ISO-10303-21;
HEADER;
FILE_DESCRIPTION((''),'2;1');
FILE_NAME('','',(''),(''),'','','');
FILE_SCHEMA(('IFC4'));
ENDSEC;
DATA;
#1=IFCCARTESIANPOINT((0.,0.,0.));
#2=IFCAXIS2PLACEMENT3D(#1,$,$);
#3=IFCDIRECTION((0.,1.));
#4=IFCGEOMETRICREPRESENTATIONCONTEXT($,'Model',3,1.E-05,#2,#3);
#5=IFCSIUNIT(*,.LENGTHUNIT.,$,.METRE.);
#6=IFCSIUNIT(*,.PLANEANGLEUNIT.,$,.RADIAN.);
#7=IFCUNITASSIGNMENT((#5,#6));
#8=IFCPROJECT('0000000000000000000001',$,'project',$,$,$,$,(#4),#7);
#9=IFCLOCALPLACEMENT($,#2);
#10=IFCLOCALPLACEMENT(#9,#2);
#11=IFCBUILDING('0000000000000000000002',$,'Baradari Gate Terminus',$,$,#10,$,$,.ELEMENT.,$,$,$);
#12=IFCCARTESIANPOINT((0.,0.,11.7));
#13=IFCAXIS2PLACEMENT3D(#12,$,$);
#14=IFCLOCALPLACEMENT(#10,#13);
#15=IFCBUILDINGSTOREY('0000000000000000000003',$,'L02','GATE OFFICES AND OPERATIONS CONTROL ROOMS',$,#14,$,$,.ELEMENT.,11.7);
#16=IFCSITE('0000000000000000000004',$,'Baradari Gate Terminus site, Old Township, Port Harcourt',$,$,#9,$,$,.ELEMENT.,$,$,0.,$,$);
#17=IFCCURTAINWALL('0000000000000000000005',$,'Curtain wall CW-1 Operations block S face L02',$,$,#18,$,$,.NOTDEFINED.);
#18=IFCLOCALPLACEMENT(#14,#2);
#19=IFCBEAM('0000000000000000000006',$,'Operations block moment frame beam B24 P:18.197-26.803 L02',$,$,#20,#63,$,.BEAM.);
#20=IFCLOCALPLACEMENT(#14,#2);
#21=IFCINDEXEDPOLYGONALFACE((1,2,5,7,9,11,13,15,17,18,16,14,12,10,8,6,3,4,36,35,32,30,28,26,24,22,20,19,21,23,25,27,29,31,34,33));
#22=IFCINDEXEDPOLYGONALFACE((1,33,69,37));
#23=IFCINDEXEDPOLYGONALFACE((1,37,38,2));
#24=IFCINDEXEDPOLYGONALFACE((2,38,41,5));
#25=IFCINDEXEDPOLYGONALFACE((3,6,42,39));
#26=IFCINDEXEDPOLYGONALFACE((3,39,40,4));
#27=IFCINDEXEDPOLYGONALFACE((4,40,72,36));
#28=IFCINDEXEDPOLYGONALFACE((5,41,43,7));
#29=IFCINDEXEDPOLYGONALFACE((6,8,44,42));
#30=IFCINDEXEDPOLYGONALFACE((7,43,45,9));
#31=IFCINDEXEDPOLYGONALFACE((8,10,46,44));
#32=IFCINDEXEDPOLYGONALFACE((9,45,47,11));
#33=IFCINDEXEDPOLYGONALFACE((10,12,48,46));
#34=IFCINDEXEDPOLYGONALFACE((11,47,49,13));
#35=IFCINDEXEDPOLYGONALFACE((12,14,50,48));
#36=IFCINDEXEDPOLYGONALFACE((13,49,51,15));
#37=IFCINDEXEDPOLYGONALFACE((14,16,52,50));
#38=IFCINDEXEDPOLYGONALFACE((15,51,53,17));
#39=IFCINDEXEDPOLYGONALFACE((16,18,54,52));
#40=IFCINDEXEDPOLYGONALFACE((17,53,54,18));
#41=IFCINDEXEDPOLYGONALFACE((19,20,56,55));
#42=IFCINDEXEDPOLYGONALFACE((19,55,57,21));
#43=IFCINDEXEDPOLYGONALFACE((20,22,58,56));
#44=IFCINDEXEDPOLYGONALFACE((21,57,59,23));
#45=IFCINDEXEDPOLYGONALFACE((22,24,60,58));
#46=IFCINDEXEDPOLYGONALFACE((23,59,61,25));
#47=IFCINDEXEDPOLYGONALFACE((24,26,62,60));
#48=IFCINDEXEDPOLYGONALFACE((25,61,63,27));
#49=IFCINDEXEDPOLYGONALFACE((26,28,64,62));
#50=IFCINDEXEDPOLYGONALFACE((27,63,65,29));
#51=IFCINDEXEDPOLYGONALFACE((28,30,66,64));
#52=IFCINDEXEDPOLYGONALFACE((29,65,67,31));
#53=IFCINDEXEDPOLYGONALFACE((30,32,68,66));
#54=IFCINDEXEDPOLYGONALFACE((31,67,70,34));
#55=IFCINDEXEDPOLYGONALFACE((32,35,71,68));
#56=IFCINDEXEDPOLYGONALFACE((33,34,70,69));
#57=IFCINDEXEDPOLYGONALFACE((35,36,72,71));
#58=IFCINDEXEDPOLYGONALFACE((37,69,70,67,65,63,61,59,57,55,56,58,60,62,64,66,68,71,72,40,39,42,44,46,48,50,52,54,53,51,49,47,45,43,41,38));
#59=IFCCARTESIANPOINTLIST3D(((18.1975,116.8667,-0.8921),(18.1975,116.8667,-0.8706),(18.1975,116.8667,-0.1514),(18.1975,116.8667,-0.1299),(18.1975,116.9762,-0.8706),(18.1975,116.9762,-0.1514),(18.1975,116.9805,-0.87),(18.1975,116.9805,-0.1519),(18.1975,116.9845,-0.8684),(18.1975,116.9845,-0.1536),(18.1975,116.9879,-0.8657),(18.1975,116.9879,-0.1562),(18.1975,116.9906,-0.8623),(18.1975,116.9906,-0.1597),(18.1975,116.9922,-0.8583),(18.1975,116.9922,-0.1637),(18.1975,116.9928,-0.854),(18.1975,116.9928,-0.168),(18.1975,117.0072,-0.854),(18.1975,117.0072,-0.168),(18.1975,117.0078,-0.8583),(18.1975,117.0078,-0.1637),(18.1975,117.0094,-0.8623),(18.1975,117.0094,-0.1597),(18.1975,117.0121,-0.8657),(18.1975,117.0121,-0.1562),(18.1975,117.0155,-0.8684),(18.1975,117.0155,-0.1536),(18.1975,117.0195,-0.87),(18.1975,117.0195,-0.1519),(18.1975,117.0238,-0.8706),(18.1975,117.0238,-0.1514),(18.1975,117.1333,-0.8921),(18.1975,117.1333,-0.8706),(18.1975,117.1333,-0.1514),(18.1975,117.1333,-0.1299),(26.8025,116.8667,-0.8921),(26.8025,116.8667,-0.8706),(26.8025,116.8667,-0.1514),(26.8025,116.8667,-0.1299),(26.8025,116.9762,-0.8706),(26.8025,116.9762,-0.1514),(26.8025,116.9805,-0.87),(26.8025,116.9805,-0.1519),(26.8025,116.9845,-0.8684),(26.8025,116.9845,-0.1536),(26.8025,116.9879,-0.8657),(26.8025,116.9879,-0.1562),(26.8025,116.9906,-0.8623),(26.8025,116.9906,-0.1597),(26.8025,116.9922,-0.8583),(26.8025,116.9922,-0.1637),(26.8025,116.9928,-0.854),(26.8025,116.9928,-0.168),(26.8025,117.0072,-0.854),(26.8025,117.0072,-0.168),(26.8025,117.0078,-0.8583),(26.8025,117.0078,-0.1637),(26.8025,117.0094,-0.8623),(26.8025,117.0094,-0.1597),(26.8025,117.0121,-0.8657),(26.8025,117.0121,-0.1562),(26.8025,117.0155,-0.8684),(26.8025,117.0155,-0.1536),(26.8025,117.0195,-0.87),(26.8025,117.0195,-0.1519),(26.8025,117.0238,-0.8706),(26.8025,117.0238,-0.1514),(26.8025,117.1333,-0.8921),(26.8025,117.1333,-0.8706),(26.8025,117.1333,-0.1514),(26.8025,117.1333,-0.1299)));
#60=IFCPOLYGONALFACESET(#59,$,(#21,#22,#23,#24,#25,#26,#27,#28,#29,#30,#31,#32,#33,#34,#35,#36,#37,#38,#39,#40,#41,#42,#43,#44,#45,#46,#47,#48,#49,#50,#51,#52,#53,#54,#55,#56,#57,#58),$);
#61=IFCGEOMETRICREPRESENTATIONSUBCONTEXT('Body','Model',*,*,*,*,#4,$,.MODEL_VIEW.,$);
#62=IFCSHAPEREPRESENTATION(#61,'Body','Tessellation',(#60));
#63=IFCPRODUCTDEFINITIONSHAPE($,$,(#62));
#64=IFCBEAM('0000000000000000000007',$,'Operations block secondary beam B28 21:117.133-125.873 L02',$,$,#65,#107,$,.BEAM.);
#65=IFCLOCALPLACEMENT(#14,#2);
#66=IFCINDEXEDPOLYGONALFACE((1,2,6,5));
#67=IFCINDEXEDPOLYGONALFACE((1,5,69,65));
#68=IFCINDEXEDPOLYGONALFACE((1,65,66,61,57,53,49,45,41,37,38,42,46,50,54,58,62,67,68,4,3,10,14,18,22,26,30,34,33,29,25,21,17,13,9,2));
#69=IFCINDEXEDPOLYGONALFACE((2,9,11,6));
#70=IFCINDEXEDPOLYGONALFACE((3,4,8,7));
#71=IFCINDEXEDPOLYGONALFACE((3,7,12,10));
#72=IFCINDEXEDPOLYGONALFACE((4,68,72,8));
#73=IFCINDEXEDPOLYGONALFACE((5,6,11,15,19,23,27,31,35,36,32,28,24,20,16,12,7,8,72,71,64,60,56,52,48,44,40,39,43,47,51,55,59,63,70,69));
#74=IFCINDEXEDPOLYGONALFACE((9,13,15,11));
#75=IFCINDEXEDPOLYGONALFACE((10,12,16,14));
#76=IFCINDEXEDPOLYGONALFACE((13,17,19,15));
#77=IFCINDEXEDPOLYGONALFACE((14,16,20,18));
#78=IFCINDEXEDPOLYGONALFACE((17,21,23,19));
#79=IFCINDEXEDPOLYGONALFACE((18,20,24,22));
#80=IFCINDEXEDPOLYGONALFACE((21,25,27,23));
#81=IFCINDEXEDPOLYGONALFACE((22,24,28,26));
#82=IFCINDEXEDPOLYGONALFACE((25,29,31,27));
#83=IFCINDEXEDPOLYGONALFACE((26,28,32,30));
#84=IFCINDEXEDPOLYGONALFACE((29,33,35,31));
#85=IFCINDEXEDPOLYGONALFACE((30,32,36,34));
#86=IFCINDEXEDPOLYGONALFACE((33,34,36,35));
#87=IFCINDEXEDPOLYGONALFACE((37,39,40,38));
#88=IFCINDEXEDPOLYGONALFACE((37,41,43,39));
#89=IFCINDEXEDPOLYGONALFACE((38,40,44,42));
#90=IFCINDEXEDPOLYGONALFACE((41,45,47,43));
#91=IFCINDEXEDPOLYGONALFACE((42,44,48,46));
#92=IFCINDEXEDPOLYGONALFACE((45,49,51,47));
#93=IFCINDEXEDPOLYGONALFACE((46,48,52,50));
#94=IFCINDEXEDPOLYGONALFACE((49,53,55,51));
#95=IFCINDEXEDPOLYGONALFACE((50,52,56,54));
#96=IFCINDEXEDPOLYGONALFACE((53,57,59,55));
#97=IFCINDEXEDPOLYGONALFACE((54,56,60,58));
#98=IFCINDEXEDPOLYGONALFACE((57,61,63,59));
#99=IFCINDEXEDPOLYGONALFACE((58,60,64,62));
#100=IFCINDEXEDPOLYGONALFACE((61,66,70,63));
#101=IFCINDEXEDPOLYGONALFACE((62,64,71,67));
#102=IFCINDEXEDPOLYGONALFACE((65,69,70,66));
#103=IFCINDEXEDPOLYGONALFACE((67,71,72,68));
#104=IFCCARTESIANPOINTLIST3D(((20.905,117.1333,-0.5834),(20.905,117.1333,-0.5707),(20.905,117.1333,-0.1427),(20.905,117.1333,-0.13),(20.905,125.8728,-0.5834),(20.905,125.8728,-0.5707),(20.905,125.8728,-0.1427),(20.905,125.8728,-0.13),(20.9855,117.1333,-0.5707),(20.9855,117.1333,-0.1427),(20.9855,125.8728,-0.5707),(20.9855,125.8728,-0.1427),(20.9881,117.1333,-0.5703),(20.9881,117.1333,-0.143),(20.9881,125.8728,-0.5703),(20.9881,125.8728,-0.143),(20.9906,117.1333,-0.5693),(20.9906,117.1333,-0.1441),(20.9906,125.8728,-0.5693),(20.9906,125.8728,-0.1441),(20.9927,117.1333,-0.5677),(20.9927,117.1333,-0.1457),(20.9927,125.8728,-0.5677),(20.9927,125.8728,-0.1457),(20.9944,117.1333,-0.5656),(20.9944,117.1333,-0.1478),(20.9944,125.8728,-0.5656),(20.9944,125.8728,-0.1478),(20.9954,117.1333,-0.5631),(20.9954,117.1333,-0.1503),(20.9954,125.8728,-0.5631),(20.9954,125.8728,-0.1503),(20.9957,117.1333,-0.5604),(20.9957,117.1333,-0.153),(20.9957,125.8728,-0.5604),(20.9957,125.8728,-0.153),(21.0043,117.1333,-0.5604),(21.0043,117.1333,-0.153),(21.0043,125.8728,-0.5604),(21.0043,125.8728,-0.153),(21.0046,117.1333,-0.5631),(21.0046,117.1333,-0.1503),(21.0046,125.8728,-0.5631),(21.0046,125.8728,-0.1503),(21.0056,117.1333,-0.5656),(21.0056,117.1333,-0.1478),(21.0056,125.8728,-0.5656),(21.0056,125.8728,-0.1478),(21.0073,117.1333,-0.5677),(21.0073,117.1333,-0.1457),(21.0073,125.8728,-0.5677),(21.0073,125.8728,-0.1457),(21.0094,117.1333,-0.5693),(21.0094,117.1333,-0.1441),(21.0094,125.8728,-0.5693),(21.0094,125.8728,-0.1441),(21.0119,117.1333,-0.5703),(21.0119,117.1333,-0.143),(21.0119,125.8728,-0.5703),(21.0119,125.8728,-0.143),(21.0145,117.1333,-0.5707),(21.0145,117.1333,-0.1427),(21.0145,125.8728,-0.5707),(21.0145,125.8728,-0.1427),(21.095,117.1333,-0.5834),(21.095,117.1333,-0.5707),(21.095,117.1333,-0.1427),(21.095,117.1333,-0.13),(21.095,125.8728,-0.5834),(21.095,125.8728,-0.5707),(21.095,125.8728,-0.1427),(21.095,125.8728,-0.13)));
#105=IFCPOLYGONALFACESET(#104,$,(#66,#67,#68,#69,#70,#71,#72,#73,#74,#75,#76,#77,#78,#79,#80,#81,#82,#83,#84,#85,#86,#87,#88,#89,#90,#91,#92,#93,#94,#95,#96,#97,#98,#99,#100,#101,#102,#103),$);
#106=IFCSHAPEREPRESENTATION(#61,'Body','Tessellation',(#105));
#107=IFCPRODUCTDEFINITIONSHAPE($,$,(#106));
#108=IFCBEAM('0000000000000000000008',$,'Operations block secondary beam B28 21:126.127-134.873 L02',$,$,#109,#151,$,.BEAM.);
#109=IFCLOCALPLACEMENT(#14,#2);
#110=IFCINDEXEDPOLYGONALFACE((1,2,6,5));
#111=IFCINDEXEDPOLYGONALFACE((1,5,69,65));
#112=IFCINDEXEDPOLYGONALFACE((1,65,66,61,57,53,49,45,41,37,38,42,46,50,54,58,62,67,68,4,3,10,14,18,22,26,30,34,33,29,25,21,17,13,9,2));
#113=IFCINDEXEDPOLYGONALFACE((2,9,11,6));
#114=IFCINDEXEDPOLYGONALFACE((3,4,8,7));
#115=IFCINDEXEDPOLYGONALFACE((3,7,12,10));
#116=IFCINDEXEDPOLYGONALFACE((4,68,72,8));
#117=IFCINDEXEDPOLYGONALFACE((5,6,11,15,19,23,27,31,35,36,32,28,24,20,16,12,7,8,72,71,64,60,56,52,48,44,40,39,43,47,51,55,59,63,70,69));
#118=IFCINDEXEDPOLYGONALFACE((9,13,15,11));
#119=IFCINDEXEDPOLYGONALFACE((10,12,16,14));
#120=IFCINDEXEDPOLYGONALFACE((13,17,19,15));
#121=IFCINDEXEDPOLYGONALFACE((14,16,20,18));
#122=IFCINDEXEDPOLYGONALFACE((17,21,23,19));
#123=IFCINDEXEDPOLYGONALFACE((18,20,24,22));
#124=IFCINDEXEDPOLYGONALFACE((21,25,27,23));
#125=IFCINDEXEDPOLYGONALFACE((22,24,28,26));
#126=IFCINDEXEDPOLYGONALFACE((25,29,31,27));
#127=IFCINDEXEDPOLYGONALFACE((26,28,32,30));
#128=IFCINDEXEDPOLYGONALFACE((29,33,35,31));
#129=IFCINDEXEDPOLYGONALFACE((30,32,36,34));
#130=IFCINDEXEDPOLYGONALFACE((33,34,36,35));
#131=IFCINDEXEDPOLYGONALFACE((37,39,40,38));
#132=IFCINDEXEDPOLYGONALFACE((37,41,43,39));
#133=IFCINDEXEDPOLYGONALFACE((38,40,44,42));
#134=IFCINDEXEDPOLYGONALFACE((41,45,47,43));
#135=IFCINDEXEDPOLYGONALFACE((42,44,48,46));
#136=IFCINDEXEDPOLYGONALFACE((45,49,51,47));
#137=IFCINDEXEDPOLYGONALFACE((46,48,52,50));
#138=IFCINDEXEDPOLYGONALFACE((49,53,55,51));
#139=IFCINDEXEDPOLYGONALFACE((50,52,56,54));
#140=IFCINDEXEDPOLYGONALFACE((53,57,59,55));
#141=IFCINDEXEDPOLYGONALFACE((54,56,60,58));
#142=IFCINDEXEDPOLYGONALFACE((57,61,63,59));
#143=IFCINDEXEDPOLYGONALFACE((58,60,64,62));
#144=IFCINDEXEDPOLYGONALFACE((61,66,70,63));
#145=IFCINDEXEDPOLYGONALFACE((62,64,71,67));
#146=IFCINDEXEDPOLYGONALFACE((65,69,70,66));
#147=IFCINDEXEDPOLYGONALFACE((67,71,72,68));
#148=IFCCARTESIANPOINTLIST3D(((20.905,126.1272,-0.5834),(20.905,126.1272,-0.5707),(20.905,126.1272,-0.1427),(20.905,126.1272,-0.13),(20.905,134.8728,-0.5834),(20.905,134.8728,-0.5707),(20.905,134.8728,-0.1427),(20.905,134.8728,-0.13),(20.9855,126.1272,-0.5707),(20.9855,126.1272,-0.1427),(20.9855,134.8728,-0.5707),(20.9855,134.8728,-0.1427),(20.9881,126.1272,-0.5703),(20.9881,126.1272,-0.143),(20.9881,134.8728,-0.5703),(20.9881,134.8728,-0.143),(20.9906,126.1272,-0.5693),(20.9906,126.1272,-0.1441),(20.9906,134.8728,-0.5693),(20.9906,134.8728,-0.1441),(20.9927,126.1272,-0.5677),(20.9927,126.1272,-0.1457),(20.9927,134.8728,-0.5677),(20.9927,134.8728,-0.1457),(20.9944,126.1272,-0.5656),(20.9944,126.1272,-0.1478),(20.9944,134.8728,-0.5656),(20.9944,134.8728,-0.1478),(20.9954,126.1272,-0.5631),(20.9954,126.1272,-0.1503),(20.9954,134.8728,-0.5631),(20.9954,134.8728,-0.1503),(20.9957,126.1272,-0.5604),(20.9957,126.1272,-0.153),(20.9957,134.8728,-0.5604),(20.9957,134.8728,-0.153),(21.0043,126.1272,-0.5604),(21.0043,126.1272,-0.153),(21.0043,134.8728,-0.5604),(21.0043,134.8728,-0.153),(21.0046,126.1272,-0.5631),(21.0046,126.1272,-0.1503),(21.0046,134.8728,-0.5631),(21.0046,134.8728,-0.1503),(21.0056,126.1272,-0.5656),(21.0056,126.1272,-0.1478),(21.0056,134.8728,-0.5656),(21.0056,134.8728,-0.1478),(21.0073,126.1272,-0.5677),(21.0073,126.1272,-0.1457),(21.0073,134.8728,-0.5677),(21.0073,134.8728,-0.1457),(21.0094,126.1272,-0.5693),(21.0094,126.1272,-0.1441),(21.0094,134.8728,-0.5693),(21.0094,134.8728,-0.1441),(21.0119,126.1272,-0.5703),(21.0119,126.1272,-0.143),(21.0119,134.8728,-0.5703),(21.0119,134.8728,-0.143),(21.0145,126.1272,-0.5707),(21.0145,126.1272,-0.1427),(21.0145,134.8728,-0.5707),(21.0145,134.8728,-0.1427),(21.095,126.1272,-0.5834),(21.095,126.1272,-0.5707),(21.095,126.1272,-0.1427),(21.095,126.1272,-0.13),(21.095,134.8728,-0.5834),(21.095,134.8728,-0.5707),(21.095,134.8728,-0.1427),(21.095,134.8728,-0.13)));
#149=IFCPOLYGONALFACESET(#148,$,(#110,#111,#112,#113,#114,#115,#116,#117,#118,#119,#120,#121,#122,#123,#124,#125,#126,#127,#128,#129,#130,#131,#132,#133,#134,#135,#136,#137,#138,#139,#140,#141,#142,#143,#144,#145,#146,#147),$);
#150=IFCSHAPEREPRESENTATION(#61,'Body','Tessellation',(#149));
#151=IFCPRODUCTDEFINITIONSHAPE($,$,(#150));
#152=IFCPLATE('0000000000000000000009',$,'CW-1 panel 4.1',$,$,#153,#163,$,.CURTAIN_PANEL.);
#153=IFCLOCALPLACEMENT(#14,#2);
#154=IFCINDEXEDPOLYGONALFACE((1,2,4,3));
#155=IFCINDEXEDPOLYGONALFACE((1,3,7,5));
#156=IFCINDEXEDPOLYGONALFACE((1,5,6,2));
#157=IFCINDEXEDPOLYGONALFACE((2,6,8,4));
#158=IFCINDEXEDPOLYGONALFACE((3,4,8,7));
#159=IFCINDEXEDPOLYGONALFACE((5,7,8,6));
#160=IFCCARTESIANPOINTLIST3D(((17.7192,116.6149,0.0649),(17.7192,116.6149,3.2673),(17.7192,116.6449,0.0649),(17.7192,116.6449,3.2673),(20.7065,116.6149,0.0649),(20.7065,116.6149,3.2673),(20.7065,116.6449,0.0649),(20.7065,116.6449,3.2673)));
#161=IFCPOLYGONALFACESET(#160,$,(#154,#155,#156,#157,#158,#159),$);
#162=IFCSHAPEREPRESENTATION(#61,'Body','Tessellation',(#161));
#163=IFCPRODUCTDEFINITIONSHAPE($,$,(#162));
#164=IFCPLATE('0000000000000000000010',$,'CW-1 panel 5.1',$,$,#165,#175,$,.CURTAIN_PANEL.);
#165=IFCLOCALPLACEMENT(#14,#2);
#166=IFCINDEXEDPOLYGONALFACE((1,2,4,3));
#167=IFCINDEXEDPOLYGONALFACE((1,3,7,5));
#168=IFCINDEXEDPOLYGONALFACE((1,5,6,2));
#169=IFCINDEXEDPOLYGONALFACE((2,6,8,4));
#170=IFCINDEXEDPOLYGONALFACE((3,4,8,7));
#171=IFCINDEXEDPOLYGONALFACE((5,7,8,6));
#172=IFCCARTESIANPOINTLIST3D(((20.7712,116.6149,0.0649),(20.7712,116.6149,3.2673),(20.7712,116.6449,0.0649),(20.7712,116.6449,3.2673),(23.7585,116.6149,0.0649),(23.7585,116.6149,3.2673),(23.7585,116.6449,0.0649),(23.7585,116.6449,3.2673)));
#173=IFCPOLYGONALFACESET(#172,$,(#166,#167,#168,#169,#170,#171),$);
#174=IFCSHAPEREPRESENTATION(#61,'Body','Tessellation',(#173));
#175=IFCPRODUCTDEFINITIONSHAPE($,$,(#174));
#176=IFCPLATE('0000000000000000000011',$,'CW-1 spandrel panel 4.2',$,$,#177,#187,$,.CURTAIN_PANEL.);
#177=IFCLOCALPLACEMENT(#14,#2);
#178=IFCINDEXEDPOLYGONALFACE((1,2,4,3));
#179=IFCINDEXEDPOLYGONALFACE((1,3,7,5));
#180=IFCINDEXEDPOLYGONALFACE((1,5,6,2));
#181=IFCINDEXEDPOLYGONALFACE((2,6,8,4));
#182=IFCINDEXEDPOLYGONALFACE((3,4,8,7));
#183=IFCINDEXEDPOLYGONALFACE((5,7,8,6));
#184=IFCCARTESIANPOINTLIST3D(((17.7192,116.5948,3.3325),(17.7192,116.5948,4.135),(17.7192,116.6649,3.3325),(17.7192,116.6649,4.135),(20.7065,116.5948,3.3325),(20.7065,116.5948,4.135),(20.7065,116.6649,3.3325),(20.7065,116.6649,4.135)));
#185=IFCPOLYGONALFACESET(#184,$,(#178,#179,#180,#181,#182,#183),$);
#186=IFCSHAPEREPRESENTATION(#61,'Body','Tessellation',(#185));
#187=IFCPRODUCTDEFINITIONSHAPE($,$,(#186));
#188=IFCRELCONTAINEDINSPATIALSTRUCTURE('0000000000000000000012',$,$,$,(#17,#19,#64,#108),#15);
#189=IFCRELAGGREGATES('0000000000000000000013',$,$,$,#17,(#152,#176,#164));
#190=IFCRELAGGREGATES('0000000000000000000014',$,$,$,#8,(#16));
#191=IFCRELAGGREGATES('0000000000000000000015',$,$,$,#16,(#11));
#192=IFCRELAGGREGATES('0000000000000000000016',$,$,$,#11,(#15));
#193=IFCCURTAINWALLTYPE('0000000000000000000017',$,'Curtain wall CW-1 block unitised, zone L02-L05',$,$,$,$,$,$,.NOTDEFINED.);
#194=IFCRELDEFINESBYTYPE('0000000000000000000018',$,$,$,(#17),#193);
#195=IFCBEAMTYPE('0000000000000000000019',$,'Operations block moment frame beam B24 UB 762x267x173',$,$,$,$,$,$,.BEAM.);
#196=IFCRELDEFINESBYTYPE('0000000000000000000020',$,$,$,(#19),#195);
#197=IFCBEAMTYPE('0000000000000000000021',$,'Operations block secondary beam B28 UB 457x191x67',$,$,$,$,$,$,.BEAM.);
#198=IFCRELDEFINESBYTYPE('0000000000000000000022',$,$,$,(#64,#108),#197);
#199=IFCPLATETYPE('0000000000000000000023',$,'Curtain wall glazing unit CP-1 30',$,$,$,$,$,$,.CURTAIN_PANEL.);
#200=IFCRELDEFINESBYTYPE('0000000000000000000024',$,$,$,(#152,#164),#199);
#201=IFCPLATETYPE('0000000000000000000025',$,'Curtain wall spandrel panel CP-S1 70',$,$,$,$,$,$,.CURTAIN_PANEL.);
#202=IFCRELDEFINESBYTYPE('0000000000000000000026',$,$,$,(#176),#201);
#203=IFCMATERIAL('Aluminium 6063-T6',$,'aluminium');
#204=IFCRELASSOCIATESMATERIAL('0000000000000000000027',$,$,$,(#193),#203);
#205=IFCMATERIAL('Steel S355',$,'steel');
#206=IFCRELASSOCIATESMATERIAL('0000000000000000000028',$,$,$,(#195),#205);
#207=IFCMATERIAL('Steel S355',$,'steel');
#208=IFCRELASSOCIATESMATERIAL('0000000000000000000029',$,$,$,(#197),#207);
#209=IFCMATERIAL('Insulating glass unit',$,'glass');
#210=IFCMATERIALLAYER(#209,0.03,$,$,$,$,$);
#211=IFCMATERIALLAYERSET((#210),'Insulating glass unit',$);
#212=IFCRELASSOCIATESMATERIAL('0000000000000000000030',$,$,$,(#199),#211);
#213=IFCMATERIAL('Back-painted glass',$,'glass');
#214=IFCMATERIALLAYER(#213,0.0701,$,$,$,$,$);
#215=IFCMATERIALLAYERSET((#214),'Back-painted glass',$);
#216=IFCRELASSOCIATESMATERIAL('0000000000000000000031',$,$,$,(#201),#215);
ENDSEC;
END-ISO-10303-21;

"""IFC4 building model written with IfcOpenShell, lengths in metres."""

from ifc_helpers import new_model, si_unit, direction, frame, origin, origin_2d, place, context, subcontext, project, spatial, rectangle, i_section, extrude, material, layer, layer_set, material_profile, profile_set, type_object, element, aggregate, save


model = new_model("IFC4")

# Units and contexts
model_context = context("Model", 3, precision=1e-05, world=origin(), true_north=direction((0.0, 1.0)))
body_context = subcontext(model_context, "Body", "Model", "MODEL_VIEW")
ifc_project = project(units=[si_unit("LENGTHUNIT", "METRE"), si_unit("PLANEANGLEUNIT", "RADIAN")], contexts=[model_context])

# Site, building, storey
site_placement = place(None, origin())
site = spatial("IfcSite", under=ifc_project, at=site_placement, Name="Baradari Gate Terminus site, Old Township, Port Harcourt", CompositionType="ELEMENT", RefElevation=0.0)
building_placement = place(site_placement, origin())
building = spatial("IfcBuilding", under=site, at=building_placement, Name="Baradari Gate Terminus", CompositionType="ELEMENT")
storey_placement = place(building_placement, frame((0.0, 0.0, 11.7)))
storey = spatial("IfcBuildingStorey", under=building, at=storey_placement, Name="L02", Description="GATE OFFICES AND OPERATIONS CONTROL ROOMS", CompositionType="ELEMENT", Elevation=11.7)

# Curtain wall
ifc_material_1 = material(Name="Aluminium 6063-T6", Category="aluminium")
curtain_wall_type = type_object("IfcCurtainWallType", Name="Curtain wall CW-1 block unitised, zone L02-L05", PredefinedType="NOTDEFINED", material=ifc_material_1)
curtain_wall_placement = place(storey_placement, origin())
curtain_wall = element("IfcCurtainWall", 1, at=curtain_wall_placement, inside=storey, type_object=curtain_wall_type, Name="Curtain wall CW-1 Operations block S face L02", PredefinedType="NOTDEFINED")

# Beams
ifc_material_2 = material(Name="Steel S355", Category="steel")
ifc_material_profile_1 = material_profile(ifc_material_2, i_section(OverallWidth=0.2666, OverallDepth=0.7622, WebThickness=0.0144, FlangeThickness=0.0215, FilletRadius=0.0166, at=origin_2d()), Name="UB 762x267x173")
ifc_profile_set_1 = profile_set([ifc_material_profile_1], Name="Steel S355")
beam_type_1 = type_object("IfcBeamType", Name="Operations block moment frame beam B24 UB 762x267x173", PredefinedType="BEAM", material=ifc_profile_set_1)
beam_1_placement = place(storey_placement, frame((18.1975, 117.0, -0.511), z_axis=(1.0, 0.0, 0.0), x_axis=(0.0, 1.0, 0.0)))
element("IfcBeam", 2, at=beam_1_placement, inside=storey, type_object=beam_type_1, Name="Operations block moment frame beam B24 P:18.197-26.803 L02", PredefinedType="BEAM", context=body_context, shape_type="SweptSolid", body=[
    extrude(i_section(OverallWidth=0.2666, OverallDepth=0.7622, WebThickness=0.0144, FlangeThickness=0.0215, FilletRadius=0.0166, at=origin_2d()), origin(), (0.0, 0.0, 1.0), 8.605),
])
ifc_material_3 = material(Name="Steel S355", Category="steel")
ifc_material_profile_2 = material_profile(ifc_material_3, i_section(OverallWidth=0.1899, OverallDepth=0.4534, WebThickness=0.0085, FlangeThickness=0.0127, FilletRadius=0.0103, at=origin_2d()), Name="UB 457x191x67")
ifc_profile_set_2 = profile_set([ifc_material_profile_2], Name="Steel S355")
beam_type_2 = type_object("IfcBeamType", Name="Operations block secondary beam B28 UB 457x191x67", PredefinedType="BEAM", material=ifc_profile_set_2)
beam_2_placement = place(storey_placement, frame((21.0, 117.1333, -0.3567), z_axis=(0.0, 1.0, 0.0), x_axis=(-1.0, 0.0, 0.0)))
element("IfcBeam", 3, at=beam_2_placement, inside=storey, type_object=beam_type_2, Name="Operations block secondary beam B28 21:117.133-125.873 L02", PredefinedType="BEAM", context=body_context, shape_type="SweptSolid", body=[
    extrude(i_section(OverallWidth=0.1899, OverallDepth=0.4534, WebThickness=0.0085, FlangeThickness=0.0127, FilletRadius=0.0103, at=origin_2d()), origin(), (0.0, 0.0, 1.0), 8.7395),
])
beam_3_placement = place(storey_placement, frame((21.0, 126.1272, -0.3567), z_axis=(0.0, 1.0, 0.0), x_axis=(-1.0, 0.0, 0.0)))
element("IfcBeam", 4, at=beam_3_placement, inside=storey, type_object=beam_type_2, Name="Operations block secondary beam B28 21:126.127-134.873 L02", PredefinedType="BEAM", context=body_context, shape_type="SweptSolid", body=[
    extrude(i_section(OverallWidth=0.1899, OverallDepth=0.4534, WebThickness=0.0085, FlangeThickness=0.0127, FilletRadius=0.0103, at=origin_2d()), origin(), (0.0, 0.0, 1.0), 8.7456),
])

# Plates
ifc_material_4 = material(Name="Insulating glass unit", Category="glass")
ifc_layer_1 = layer(ifc_material_4, 0.03)
ifc_layer_set_1 = layer_set([ifc_layer_1], Name="Insulating glass unit")
plate_type_1 = type_object("IfcPlateType", Name="Curtain wall glazing unit CP-1 30", PredefinedType="CURTAIN_PANEL", material=ifc_layer_set_1)
plate_1_placement = place(storey_placement, frame((19.2129, 116.6299, 0.0649), z_axis=(0.0, 0.0, 1.0), x_axis=(1.0, 0.0, 0.0)))
plate_1 = element("IfcPlate", 5, at=plate_1_placement, type_object=plate_type_1, Name="CW-1 panel 4.1", PredefinedType="CURTAIN_PANEL", context=body_context, shape_type="SweptSolid", body=[
    extrude(rectangle(XDim=2.9873, YDim=0.03, at=origin_2d()), origin(), (0.0, 0.0, 1.0), 3.2024),
])
plate_2_placement = place(storey_placement, frame((22.2649, 116.6299, 0.0649), z_axis=(0.0, 0.0, 1.0), x_axis=(1.0, 0.0, 0.0)))
plate_2 = element("IfcPlate", 6, at=plate_2_placement, type_object=plate_type_1, Name="CW-1 panel 5.1", PredefinedType="CURTAIN_PANEL", context=body_context, shape_type="SweptSolid", body=[
    extrude(rectangle(XDim=2.9873, YDim=0.03, at=origin_2d()), origin(), (0.0, 0.0, 1.0), 3.2024),
])
ifc_material_5 = material(Name="Back-painted glass", Category="glass")
ifc_layer_2 = layer(ifc_material_5, 0.0701)
ifc_layer_set_2 = layer_set([ifc_layer_2], Name="Back-painted glass")
plate_type_2 = type_object("IfcPlateType", Name="Curtain wall spandrel panel CP-S1 70", PredefinedType="CURTAIN_PANEL", material=ifc_layer_set_2)
plate_3_placement = place(storey_placement, frame((19.2129, 116.6299, 3.3325), z_axis=(0.0, 0.0, 1.0), x_axis=(1.0, 0.0, 0.0)))
plate_3 = element("IfcPlate", 7, at=plate_3_placement, type_object=plate_type_2, Name="CW-1 spandrel panel 4.2", PredefinedType="CURTAIN_PANEL", context=body_context, shape_type="SweptSolid", body=[
    extrude(rectangle(XDim=2.9873, YDim=0.0701, at=origin_2d()), origin(), (0.0, 0.0, 1.0), 0.8025),
])
aggregate(curtain_wall, [plate_1, plate_3, plate_2])

save(model, "model.ifc")
